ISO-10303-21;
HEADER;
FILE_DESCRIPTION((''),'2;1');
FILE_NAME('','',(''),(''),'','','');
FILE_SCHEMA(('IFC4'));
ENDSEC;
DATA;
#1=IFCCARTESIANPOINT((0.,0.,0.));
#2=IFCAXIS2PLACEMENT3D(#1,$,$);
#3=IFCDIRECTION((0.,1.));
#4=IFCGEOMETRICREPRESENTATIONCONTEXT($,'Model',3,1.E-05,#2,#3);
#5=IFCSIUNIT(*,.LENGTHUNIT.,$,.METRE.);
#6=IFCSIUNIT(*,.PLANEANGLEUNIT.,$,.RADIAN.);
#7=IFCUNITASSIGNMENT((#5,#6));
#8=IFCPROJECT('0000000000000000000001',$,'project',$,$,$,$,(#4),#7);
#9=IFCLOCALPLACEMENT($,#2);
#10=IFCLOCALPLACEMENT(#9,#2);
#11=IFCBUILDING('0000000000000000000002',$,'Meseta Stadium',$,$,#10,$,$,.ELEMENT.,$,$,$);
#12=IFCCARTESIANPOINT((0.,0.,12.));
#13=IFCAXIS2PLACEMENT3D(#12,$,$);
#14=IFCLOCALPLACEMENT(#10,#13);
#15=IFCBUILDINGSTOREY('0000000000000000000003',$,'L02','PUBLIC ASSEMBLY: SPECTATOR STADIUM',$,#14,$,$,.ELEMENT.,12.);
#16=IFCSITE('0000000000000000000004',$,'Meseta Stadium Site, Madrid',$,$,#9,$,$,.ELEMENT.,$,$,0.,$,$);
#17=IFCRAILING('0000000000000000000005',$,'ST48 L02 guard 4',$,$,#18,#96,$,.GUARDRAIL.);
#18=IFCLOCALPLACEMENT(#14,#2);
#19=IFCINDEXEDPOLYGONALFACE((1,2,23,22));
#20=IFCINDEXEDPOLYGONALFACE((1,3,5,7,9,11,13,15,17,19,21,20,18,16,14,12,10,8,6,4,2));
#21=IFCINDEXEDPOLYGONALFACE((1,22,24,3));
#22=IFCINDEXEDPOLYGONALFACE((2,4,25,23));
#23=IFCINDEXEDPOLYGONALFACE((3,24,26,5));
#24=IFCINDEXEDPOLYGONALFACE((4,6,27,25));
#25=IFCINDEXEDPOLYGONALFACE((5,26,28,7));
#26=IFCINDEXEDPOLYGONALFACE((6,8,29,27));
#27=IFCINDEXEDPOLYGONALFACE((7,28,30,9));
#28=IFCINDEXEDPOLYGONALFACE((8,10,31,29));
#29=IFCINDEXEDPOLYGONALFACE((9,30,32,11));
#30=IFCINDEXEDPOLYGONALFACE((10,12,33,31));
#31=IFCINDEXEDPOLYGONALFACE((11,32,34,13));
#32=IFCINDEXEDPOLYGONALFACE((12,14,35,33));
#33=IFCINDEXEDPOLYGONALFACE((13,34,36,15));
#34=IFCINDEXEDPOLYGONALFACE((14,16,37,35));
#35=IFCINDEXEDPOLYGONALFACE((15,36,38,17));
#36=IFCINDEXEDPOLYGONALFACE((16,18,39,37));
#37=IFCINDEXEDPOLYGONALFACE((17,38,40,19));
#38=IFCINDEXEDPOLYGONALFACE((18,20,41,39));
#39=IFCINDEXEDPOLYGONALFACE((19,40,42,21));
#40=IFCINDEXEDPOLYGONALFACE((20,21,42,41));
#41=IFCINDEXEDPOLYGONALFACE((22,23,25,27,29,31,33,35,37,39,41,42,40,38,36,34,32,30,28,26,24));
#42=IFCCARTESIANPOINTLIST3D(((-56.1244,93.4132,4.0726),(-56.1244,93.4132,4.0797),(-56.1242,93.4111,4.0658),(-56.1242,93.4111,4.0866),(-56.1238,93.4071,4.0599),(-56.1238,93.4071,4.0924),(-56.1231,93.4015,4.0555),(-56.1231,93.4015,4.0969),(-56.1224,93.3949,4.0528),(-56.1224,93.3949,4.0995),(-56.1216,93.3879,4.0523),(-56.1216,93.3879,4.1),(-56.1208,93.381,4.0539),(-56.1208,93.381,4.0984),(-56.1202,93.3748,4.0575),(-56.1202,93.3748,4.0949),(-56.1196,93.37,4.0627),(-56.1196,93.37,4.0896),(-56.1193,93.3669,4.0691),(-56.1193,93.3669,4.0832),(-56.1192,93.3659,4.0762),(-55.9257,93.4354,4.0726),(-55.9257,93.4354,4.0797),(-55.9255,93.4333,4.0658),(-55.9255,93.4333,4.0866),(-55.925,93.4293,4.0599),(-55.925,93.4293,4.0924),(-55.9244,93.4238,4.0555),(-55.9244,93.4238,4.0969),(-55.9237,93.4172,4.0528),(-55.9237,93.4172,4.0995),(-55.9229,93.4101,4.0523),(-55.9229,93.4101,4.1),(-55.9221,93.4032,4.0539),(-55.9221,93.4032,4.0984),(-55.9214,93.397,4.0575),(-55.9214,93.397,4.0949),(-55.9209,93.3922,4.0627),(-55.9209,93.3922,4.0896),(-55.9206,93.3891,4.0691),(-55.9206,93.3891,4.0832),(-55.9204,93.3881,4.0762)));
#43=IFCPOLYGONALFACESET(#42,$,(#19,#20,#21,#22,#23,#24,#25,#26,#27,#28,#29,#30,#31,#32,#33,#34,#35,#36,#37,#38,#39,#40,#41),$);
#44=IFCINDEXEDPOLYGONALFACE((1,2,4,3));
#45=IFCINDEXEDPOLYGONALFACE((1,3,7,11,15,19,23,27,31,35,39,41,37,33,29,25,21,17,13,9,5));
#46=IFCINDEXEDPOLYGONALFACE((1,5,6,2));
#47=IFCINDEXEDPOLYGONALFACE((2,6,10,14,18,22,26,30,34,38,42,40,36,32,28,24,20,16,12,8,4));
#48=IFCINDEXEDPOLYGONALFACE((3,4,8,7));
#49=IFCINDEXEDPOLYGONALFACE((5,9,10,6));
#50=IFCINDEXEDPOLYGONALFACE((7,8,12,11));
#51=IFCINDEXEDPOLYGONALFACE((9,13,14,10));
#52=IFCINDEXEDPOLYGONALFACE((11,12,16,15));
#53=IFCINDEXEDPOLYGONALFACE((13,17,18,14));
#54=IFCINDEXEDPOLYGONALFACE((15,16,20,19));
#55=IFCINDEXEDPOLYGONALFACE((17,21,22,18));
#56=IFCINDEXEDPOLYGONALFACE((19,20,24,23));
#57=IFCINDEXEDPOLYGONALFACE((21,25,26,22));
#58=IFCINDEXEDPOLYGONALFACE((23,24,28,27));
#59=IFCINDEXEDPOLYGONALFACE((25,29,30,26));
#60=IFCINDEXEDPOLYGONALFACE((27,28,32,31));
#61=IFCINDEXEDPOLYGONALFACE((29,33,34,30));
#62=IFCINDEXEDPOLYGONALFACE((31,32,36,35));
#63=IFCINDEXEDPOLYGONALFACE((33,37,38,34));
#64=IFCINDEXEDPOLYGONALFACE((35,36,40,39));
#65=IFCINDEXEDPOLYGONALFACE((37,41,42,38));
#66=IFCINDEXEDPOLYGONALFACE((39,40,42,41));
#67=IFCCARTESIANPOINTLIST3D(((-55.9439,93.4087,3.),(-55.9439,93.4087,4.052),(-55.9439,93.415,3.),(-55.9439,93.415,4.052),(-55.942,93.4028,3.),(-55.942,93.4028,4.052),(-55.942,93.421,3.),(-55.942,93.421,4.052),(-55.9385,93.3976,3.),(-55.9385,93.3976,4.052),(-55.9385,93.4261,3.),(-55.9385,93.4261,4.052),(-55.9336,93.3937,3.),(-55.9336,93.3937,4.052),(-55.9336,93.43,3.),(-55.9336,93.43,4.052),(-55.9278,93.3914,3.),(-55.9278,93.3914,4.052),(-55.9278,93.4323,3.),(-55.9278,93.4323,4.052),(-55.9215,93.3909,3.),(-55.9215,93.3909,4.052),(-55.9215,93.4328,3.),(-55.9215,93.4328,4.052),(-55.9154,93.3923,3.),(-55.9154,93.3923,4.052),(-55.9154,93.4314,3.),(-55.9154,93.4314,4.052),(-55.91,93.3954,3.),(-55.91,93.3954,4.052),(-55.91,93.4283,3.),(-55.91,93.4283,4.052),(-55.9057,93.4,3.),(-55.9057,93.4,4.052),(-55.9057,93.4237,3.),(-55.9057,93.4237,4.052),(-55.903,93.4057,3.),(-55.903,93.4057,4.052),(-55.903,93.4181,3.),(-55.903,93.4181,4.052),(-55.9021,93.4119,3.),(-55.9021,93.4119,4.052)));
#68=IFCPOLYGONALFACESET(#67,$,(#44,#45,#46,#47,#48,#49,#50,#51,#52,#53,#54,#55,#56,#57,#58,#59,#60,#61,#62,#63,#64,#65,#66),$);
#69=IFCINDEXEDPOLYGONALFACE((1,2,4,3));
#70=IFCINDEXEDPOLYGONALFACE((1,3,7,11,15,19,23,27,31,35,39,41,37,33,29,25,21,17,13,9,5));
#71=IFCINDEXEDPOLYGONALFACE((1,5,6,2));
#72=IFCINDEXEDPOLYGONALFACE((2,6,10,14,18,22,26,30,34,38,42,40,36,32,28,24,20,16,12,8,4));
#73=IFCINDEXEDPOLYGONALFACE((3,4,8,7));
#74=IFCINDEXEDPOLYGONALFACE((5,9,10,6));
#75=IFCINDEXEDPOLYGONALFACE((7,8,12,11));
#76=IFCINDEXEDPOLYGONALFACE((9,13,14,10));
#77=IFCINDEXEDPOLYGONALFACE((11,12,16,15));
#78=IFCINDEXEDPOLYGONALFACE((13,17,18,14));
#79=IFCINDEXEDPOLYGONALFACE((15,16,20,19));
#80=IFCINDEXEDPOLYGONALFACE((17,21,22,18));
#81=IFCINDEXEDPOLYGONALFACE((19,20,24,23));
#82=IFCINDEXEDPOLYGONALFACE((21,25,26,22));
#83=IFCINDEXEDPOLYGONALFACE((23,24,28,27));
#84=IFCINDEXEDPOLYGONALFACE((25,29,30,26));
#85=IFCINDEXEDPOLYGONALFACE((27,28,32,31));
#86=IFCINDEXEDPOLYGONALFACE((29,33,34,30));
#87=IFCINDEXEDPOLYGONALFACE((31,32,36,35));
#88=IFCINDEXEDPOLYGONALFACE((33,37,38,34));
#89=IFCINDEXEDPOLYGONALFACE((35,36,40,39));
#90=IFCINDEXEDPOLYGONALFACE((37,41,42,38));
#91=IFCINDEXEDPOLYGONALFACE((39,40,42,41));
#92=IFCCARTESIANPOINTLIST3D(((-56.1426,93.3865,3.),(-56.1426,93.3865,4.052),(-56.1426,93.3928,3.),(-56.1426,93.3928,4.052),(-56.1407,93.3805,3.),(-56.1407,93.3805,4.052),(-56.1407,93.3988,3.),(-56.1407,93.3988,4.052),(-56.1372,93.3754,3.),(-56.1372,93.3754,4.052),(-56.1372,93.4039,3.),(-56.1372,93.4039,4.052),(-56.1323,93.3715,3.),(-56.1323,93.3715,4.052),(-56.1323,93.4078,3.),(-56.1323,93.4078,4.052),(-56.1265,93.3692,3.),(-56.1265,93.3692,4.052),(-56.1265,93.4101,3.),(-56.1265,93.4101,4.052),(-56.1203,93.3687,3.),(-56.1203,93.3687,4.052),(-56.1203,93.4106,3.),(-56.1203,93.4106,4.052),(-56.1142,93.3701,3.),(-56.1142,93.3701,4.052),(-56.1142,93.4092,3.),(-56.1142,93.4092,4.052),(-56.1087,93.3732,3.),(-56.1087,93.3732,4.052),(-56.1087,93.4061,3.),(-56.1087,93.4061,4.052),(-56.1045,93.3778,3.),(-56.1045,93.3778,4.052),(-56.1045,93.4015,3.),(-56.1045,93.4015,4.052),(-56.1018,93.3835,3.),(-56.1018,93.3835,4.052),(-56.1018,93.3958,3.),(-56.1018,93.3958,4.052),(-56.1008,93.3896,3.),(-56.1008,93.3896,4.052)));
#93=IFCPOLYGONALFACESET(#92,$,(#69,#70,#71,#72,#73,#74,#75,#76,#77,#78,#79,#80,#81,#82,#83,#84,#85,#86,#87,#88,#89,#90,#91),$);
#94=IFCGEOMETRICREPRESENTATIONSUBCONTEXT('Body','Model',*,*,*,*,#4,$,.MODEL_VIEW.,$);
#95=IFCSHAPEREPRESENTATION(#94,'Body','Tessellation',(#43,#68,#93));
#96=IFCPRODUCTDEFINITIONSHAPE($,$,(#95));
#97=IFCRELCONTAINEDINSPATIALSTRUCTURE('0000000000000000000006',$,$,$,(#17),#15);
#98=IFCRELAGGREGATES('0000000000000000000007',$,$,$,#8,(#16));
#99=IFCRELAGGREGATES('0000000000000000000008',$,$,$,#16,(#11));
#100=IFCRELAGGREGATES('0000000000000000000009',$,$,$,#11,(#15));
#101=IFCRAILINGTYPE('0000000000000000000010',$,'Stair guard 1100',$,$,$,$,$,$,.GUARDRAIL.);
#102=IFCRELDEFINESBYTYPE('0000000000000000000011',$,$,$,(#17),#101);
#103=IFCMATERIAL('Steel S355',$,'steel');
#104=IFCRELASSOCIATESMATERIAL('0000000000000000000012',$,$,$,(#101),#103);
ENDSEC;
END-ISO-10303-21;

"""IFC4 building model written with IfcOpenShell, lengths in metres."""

from ifc_helpers import new_model, si_unit, direction, frame, origin, origin_2d, place, context, subcontext, project, spatial, circle, extrude, material, type_object, element, save


model = new_model("IFC4")

# Units and contexts
model_context = context("Model", 3, precision=1e-05, world=origin(), true_north=direction((0.0, 1.0)))
body_context = subcontext(model_context, "Body", "Model", "MODEL_VIEW")
ifc_project = project(units=[si_unit("LENGTHUNIT", "METRE"), si_unit("PLANEANGLEUNIT", "RADIAN")], contexts=[model_context])

# Site, building, storey
site_placement = place(None, origin())
site = spatial("IfcSite", under=ifc_project, at=site_placement, Name="Meseta Stadium Site, Madrid", CompositionType="ELEMENT", RefElevation=0.0)
building_placement = place(site_placement, origin())
building = spatial("IfcBuilding", under=site, at=building_placement, Name="Meseta Stadium", CompositionType="ELEMENT")
storey_placement = place(building_placement, frame((0.0, 0.0, 12.0)))
storey = spatial("IfcBuildingStorey", under=building, at=storey_placement, Name="L02", Description="PUBLIC ASSEMBLY: SPECTATOR STADIUM", CompositionType="ELEMENT", Elevation=12.0)

# Railing
ifc_material_1 = material(Name="Steel S355", Category="steel")
railing_type_1 = type_object("IfcRailingType", Name="Stair guard 1100", PredefinedType="GUARDRAIL", material=ifc_material_1)
railing_1_placement = place(storey_placement, frame((-55.9231, 93.4119, 3.0)))
element("IfcRailing", 1, at=railing_1_placement, inside=storey, type_object=railing_type_1, Name="ST48 L02 guard 4", PredefinedType="GUARDRAIL", context=body_context, shape_type="SweptSolid", body=[
    extrude(circle(Radius=0.0239, at=origin_2d()), frame((0.0, 0.0, 1.0762), z_axis=(-0.993809, -0.111102, 0.0), x_axis=(0.111102, -0.993809, 0.0)), (0.0, 0.0, 1.0), 0.2),
    extrude(circle(Radius=0.021, at=origin_2d()), origin(), (0.0, 0.0, 1.0), 1.052),
    extrude(circle(Radius=0.021, at=origin_2d()), frame((-0.1987, -0.0222, 0.0)), (0.0, 0.0, 1.0), 1.052),
])

save(model, "model.ifc")
